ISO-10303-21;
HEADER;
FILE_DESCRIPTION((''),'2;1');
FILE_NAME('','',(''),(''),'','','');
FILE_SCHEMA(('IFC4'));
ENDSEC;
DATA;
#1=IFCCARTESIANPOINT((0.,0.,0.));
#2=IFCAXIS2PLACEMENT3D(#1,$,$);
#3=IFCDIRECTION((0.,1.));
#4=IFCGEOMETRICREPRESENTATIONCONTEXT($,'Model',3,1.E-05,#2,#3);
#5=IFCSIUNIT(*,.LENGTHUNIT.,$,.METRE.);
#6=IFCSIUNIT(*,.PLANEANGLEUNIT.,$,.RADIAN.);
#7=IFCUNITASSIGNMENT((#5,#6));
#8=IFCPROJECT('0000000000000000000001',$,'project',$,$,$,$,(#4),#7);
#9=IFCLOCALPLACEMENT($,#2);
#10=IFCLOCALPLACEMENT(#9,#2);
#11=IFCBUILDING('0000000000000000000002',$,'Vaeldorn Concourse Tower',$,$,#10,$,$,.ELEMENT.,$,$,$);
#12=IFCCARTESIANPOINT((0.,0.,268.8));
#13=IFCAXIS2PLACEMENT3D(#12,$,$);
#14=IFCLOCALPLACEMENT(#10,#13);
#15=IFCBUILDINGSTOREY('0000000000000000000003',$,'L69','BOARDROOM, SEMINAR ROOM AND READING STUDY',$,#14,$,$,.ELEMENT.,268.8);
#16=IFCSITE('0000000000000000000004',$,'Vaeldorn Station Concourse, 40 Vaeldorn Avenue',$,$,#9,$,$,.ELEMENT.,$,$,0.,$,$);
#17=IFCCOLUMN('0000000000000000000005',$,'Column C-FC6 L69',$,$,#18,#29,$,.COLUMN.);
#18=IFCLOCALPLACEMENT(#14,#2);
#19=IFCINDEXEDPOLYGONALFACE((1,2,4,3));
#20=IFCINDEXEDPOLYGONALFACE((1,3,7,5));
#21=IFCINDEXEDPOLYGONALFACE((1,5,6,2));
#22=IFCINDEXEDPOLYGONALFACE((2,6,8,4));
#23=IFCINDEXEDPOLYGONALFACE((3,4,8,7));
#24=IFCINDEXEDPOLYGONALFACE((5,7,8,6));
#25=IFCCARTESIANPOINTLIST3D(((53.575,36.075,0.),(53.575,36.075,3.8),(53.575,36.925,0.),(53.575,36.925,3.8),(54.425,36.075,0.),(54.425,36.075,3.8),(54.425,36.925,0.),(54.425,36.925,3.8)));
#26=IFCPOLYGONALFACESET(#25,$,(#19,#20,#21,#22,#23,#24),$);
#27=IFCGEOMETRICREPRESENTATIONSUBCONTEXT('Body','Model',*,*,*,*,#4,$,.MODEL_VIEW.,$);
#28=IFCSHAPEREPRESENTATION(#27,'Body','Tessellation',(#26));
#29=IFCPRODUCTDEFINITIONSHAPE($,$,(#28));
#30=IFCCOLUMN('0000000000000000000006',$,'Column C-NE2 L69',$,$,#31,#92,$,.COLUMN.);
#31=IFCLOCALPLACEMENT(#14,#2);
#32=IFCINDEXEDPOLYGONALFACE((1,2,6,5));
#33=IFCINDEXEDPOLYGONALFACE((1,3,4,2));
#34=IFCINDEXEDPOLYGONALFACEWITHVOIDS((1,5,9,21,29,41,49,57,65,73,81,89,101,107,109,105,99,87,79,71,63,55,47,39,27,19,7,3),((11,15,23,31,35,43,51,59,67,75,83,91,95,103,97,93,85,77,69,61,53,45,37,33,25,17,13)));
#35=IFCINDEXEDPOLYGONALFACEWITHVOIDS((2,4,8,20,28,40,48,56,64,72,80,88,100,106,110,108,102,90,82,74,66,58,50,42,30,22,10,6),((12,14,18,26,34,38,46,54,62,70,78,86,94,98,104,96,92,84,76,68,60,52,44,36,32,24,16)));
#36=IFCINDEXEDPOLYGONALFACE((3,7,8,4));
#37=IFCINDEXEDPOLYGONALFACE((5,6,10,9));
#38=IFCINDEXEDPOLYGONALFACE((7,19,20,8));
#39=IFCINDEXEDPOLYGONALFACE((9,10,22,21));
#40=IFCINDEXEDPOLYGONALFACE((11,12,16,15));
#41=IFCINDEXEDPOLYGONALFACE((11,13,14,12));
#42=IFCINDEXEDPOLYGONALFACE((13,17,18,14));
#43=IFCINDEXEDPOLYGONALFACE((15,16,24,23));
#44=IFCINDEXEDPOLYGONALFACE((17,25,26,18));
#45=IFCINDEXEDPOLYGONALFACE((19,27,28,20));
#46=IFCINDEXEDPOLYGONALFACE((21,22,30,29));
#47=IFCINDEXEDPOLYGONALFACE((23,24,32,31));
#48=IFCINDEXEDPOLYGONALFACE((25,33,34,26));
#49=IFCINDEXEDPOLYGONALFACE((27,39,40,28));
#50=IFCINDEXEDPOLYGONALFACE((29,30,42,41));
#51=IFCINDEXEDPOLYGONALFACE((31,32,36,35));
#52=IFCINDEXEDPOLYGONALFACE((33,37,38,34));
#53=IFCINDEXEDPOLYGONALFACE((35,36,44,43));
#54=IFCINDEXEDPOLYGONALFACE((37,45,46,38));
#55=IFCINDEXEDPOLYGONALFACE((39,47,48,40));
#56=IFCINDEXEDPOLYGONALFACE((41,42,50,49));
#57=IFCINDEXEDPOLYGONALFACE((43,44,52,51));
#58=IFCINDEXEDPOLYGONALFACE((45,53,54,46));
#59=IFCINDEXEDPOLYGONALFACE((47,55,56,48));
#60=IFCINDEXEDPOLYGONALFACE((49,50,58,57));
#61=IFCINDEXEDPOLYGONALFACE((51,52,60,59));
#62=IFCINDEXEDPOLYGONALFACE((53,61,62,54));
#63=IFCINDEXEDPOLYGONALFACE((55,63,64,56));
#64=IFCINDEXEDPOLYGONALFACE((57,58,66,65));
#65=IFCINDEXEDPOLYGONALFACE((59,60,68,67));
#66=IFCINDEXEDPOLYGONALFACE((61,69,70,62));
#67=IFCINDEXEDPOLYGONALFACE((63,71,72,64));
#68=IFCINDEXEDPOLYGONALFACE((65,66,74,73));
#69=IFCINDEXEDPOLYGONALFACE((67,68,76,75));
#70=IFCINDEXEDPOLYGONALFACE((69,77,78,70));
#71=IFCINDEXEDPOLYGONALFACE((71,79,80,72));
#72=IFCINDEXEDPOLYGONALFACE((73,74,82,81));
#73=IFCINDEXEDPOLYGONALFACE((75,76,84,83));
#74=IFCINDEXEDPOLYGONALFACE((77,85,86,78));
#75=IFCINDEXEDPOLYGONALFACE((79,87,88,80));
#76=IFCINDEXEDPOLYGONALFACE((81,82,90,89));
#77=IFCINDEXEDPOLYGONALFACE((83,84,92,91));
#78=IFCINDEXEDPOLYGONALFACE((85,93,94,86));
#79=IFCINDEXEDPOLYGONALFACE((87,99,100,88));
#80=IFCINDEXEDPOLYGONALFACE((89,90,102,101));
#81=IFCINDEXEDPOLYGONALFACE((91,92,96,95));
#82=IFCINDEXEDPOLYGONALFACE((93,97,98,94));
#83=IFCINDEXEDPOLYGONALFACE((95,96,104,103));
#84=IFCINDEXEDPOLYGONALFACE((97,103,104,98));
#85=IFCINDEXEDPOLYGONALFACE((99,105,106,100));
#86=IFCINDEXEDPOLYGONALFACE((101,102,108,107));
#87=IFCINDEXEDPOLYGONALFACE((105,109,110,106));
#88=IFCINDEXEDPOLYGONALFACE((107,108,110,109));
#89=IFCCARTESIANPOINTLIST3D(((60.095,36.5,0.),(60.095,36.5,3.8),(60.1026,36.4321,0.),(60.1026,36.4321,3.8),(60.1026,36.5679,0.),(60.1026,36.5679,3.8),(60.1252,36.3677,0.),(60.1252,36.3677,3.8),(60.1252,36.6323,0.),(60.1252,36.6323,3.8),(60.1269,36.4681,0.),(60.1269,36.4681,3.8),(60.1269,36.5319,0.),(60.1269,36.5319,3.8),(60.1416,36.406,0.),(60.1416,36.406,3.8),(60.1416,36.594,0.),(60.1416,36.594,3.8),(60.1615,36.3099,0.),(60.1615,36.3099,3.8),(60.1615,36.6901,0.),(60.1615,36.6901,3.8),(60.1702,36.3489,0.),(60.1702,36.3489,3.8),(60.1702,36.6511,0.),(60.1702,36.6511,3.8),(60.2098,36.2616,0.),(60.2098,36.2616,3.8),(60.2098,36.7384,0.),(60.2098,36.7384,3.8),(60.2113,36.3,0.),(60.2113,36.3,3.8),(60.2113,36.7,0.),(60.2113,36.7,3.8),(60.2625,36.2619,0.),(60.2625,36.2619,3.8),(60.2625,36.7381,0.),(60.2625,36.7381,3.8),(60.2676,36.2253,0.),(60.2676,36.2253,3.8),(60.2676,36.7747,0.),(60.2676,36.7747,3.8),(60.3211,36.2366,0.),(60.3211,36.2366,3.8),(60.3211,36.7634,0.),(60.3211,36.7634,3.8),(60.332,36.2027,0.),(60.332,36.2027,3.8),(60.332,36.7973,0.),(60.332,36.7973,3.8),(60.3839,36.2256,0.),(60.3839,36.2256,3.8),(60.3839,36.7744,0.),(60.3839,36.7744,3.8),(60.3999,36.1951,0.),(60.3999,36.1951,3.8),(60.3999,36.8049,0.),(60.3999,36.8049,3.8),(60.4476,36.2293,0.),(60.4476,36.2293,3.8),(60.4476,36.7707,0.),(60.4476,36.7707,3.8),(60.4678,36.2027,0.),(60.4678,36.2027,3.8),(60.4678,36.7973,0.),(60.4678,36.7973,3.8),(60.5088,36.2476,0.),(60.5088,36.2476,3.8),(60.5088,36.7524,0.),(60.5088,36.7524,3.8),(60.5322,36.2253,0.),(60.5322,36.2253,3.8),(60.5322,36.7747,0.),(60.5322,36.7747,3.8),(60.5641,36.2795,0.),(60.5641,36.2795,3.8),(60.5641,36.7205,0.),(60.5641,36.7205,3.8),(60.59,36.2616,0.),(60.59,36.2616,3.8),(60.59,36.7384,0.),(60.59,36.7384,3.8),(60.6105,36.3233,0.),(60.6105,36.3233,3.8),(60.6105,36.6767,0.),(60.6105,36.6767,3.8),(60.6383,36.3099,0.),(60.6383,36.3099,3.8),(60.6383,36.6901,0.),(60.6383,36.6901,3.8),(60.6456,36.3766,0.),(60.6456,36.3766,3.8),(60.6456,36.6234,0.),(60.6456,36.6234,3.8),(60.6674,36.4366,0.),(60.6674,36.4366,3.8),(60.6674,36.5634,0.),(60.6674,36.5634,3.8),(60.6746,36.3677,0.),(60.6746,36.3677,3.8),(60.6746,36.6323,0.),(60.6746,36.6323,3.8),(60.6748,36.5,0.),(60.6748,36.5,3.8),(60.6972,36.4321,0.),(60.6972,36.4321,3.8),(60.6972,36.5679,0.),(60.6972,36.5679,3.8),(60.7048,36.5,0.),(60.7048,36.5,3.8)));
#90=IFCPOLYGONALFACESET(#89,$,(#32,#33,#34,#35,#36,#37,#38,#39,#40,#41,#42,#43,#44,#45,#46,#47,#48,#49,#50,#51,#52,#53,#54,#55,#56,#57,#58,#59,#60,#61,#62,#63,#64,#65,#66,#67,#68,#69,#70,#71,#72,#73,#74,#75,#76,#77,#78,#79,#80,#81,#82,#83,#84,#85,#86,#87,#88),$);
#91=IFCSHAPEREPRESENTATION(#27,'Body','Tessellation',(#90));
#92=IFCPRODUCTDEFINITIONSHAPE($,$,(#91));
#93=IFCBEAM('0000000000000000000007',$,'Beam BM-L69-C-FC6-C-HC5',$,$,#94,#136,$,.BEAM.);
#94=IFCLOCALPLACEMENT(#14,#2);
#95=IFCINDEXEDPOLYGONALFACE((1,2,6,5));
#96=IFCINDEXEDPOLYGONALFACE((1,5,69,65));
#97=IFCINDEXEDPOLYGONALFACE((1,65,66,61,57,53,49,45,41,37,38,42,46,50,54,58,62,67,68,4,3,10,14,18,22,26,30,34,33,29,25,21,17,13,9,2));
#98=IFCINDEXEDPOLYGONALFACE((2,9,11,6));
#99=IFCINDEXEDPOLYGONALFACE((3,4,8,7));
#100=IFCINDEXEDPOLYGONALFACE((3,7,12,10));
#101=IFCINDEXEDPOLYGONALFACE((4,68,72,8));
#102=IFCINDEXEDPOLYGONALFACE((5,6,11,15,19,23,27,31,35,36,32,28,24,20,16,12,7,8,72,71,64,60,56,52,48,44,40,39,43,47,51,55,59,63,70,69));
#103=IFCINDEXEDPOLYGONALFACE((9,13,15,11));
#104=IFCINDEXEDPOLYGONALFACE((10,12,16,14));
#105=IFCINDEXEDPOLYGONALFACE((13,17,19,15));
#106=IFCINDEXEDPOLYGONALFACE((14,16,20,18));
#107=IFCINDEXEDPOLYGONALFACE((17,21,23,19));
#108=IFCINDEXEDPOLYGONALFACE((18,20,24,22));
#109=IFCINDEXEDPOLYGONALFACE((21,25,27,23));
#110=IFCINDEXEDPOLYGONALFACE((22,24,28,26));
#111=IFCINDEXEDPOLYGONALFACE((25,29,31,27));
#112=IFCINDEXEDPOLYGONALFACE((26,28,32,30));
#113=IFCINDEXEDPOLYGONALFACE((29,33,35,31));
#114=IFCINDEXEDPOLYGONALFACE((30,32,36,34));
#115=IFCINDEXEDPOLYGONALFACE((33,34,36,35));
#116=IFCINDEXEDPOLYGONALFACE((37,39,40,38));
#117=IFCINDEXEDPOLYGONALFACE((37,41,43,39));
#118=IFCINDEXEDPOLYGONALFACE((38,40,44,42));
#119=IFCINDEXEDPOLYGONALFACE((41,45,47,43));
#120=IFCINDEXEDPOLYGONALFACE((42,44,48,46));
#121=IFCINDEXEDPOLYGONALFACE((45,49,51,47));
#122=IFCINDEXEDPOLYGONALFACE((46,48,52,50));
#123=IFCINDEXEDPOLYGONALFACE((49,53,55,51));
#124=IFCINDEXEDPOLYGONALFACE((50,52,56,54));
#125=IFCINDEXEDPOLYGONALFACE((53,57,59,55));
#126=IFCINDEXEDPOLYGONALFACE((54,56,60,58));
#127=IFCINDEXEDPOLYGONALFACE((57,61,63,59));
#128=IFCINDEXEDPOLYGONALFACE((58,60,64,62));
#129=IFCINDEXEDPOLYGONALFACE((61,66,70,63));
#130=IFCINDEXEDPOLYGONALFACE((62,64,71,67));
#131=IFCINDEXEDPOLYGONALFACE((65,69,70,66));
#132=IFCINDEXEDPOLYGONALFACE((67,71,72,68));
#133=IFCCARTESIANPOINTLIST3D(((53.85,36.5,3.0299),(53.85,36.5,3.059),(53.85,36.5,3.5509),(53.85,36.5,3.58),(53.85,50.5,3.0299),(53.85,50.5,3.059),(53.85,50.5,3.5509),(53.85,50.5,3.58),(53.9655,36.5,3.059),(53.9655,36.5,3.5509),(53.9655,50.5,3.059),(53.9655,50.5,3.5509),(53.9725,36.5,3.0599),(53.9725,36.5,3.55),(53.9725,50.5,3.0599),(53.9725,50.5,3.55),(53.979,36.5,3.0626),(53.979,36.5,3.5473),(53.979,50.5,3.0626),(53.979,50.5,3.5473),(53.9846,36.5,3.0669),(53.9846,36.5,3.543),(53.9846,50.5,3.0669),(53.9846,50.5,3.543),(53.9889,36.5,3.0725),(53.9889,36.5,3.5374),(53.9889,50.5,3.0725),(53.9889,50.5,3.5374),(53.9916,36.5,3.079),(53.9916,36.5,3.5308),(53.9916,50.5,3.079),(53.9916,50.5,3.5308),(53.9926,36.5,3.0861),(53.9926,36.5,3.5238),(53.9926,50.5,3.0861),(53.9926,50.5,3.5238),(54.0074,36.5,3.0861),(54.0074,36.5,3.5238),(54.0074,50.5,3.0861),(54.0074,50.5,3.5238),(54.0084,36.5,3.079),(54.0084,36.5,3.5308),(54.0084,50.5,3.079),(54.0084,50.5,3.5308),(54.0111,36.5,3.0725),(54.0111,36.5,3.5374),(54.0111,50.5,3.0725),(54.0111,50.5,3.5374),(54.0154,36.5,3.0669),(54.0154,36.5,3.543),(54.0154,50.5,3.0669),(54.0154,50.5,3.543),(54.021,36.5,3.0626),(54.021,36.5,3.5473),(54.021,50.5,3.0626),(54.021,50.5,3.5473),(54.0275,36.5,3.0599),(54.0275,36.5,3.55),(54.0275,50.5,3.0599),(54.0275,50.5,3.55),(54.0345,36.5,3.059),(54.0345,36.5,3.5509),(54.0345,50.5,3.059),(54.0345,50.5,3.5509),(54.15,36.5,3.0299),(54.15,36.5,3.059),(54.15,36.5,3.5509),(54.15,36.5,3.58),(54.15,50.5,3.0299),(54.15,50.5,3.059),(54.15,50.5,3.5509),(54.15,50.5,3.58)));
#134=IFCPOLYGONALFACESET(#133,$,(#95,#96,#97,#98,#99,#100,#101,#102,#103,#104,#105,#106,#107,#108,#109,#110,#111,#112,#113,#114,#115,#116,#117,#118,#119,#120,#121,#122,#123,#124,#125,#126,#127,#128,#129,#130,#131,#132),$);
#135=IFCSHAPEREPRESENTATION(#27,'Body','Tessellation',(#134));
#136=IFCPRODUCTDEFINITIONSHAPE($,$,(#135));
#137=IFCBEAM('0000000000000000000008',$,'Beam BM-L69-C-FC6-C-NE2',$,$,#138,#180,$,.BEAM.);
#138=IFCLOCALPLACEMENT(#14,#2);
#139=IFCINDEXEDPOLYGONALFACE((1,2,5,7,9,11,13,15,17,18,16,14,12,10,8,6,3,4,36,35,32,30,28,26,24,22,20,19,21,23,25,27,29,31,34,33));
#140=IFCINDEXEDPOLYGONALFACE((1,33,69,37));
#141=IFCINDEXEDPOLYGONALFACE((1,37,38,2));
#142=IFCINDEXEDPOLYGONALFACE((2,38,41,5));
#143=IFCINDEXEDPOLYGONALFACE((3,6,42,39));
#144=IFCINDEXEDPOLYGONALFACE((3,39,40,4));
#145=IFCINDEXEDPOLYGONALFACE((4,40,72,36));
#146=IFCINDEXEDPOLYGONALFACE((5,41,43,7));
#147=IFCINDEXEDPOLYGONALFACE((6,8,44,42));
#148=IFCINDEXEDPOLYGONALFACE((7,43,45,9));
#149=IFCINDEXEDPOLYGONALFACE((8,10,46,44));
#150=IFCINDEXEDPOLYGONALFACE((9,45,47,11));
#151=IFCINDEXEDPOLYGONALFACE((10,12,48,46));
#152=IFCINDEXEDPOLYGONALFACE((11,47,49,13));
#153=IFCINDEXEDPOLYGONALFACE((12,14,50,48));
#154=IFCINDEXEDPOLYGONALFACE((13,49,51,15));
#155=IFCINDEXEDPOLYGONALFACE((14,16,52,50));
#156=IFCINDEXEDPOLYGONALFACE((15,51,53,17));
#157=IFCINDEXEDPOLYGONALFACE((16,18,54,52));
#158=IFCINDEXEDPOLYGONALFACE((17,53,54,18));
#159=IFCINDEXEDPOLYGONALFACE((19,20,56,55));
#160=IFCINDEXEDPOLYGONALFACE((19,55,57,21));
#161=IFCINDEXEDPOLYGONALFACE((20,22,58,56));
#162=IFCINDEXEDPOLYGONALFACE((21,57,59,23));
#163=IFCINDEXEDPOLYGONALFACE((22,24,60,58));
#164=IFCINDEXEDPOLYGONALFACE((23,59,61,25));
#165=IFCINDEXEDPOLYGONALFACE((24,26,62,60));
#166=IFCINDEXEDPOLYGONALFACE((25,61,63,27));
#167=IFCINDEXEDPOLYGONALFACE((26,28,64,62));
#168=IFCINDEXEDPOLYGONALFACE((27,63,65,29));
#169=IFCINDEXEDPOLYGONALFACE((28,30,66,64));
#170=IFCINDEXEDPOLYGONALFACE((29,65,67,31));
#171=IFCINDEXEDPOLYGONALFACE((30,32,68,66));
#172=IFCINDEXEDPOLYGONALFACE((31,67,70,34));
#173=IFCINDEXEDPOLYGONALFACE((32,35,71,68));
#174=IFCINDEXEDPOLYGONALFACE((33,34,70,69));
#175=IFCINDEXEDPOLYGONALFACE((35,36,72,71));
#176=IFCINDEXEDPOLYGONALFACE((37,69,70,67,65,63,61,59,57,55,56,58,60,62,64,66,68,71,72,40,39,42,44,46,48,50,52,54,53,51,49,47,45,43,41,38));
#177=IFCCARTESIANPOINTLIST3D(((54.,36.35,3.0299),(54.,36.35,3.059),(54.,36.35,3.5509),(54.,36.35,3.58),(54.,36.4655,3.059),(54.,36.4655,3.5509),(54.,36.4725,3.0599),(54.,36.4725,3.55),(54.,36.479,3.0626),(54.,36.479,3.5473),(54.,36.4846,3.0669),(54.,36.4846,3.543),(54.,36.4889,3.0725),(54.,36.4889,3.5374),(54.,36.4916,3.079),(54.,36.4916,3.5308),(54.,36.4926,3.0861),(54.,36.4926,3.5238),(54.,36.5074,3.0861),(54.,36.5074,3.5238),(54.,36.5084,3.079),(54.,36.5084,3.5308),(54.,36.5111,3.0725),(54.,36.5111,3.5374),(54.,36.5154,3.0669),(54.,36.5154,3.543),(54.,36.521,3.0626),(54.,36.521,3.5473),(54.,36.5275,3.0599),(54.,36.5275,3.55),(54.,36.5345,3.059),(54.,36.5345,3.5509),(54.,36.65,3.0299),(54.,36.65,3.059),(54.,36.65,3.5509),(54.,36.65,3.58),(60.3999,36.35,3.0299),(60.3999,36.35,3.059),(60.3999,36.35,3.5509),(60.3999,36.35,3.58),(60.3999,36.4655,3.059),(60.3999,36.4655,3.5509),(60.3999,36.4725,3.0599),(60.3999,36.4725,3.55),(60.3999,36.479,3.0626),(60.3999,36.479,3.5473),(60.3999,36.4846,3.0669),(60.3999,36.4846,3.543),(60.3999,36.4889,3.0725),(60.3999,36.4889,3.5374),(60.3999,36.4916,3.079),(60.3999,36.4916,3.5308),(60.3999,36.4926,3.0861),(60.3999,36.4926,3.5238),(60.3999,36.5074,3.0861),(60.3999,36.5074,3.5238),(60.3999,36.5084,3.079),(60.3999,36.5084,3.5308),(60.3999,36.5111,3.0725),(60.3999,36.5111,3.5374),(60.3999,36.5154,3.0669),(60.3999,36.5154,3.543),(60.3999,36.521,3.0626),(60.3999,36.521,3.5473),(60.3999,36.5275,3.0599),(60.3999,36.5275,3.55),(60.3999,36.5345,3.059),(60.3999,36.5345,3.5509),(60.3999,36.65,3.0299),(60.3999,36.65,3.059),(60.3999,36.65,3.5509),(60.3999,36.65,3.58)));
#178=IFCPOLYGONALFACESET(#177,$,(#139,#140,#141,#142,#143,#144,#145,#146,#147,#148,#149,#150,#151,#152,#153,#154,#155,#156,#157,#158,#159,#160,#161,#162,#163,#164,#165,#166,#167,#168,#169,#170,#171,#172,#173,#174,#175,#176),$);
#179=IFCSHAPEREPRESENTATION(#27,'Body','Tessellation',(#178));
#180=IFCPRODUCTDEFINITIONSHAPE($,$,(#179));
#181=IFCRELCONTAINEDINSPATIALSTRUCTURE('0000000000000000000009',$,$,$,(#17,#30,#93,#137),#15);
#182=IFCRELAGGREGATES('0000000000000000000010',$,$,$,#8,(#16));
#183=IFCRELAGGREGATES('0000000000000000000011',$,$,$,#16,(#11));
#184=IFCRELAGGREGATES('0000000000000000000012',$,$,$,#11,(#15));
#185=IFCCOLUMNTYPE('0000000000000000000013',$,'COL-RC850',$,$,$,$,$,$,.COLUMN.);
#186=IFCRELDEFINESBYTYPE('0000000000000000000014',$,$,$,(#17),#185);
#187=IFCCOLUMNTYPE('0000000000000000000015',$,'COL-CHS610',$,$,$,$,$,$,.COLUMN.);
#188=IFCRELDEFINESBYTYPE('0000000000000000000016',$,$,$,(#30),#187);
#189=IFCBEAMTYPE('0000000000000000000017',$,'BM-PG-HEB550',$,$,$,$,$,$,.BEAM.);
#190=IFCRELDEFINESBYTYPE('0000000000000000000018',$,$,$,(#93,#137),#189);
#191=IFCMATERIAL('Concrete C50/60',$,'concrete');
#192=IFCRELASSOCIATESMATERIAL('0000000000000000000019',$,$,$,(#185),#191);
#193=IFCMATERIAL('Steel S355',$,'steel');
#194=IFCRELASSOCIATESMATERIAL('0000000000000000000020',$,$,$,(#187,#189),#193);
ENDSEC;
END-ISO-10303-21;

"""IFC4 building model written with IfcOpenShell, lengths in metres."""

from ifc_helpers import new_model, si_unit, direction, frame, origin, origin_2d, place, context, subcontext, project, spatial, rectangle, hollow_circle, i_section, extrude, source, transform, mapped, material, material_profile, profile_set, type_object, element, save


model = new_model("IFC4")

# Units and contexts
model_context = context("Model", 3, precision=1e-05, world=origin(), true_north=direction((0.0, 1.0)))
body_context = subcontext(model_context, "Body", "Model", "MODEL_VIEW")
ifc_project = project(units=[si_unit("LENGTHUNIT", "METRE"), si_unit("PLANEANGLEUNIT", "RADIAN")], contexts=[model_context])

# Site, building, storey
site_placement = place(None, origin())
site = spatial("IfcSite", under=ifc_project, at=site_placement, Name="Vaeldorn Station Concourse, 40 Vaeldorn Avenue", CompositionType="ELEMENT", RefElevation=0.0)
building_placement = place(site_placement, origin())
building = spatial("IfcBuilding", under=site, at=building_placement, Name="Vaeldorn Concourse Tower", CompositionType="ELEMENT")
storey_placement = place(building_placement, frame((0.0, 0.0, 268.8)))
storey = spatial("IfcBuildingStorey", under=building, at=storey_placement, Name="L69", Description="BOARDROOM, SEMINAR ROOM AND READING STUDY", CompositionType="ELEMENT", Elevation=268.8)

# Columns
ifc_material_1 = material(Name="Concrete C50/60", Category="concrete")
ifc_material_profile_1 = material_profile(ifc_material_1, rectangle(XDim=0.8501, YDim=0.8501, at=origin_2d()), Name="RC 850x850")
ifc_profile_set_1 = profile_set([ifc_material_profile_1], Name="Concrete C50/60")
column_type_1 = type_object("IfcColumnType", Name="COL-RC850", PredefinedType="COLUMN", material=ifc_profile_set_1)
shared_shape_1 = source(origin(), body_context, "Body", "SweptSolid", [
    extrude(rectangle(XDim=0.8501, YDim=0.8501, at=origin_2d()), origin(), (0.0, 0.0, 1.0), 3.8),
])
column_1_placement = place(storey_placement, frame((54.0, 36.5, 0.0), z_axis=(0.0, 0.0, 1.0), x_axis=(1.0, 0.0, 0.0)))
element("IfcColumn", 1, at=column_1_placement, inside=storey, type_object=column_type_1, Name="Column C-FC6 L69", PredefinedType="COLUMN", context=body_context, shape_type="MappedRepresentation", body=[
    mapped(shared_shape_1, transform((0.0, 0.0, 0.0), scale=1.0)),
])
ifc_material_2 = material(Name="Steel S355", Category="steel")
ifc_material_profile_2 = material_profile(ifc_material_2, hollow_circle(Radius=0.3049, WallThickness=0.03, at=origin_2d()), Name="CHS 610x30")
ifc_profile_set_2 = profile_set([ifc_material_profile_2], Name="Steel S355")
column_type_2 = type_object("IfcColumnType", Name="COL-CHS610", PredefinedType="COLUMN", material=ifc_profile_set_2)
shared_shape_2 = source(origin(), body_context, "Body", "SweptSolid", [
    extrude(hollow_circle(Radius=0.3049, WallThickness=0.03, at=origin_2d()), origin(), (0.0, 0.0, 1.0), 3.8),
])
column_2_placement = place(storey_placement, frame((60.3999, 36.5, 0.0), z_axis=(0.0, 0.0, 1.0), x_axis=(1.0, 0.0, 0.0)))
element("IfcColumn", 2, at=column_2_placement, inside=storey, type_object=column_type_2, Name="Column C-NE2 L69", PredefinedType="COLUMN", context=body_context, shape_type="MappedRepresentation", body=[
    mapped(shared_shape_2, transform((0.0, 0.0, 0.0), scale=1.0)),
])

# Beams
ifc_material_profile_3 = material_profile(ifc_material_2, i_section(OverallWidth=0.3, OverallDepth=0.55, WebThickness=0.0149, FlangeThickness=0.0291, FilletRadius=0.0271, at=origin_2d()), Name="HEB 550")
ifc_profile_set_3 = profile_set([ifc_material_profile_3], Name="Steel S355")
beam_type_1 = type_object("IfcBeamType", Name="BM-PG-HEB550", PredefinedType="BEAM", material=ifc_profile_set_3)
shared_shape_3 = source(origin(), body_context, "Body", "SweptSolid", [
    extrude(i_section(OverallWidth=0.3, OverallDepth=0.55, WebThickness=0.0149, FlangeThickness=0.0291, FilletRadius=0.0271, at=origin_2d()), origin(), (0.0, 0.0, 1.0), 14.0),
])
beam_1_placement = place(storey_placement, frame((54.0, 36.5, 3.3049), z_axis=(0.0, 1.0, 0.0), x_axis=(-1.0, 0.0, 0.0)))
element("IfcBeam", 3, at=beam_1_placement, inside=storey, type_object=beam_type_1, Name="Beam BM-L69-C-FC6-C-HC5", PredefinedType="BEAM", context=body_context, shape_type="MappedRepresentation", body=[
    mapped(shared_shape_3, transform((0.0, 0.0, 0.0), scale=1.0)),
])
shared_shape_4 = source(origin(), body_context, "Body", "SweptSolid", [
    extrude(i_section(OverallWidth=0.3, OverallDepth=0.55, WebThickness=0.0149, FlangeThickness=0.0291, FilletRadius=0.0271, at=origin_2d()), origin(), (0.0, 0.0, 1.0), 6.3999),
])
beam_2_placement = place(storey_placement, frame((54.0, 36.5, 3.3049), z_axis=(1.0, 0.0, 0.0), x_axis=(0.0, 1.0, 0.0)))
element("IfcBeam", 4, at=beam_2_placement, inside=storey, type_object=beam_type_1, Name="Beam BM-L69-C-FC6-C-NE2", PredefinedType="BEAM", context=body_context, shape_type="MappedRepresentation", body=[
    mapped(shared_shape_4, transform((0.0, 0.0, 0.0), scale=1.0)),
])

save(model, "model.ifc")
